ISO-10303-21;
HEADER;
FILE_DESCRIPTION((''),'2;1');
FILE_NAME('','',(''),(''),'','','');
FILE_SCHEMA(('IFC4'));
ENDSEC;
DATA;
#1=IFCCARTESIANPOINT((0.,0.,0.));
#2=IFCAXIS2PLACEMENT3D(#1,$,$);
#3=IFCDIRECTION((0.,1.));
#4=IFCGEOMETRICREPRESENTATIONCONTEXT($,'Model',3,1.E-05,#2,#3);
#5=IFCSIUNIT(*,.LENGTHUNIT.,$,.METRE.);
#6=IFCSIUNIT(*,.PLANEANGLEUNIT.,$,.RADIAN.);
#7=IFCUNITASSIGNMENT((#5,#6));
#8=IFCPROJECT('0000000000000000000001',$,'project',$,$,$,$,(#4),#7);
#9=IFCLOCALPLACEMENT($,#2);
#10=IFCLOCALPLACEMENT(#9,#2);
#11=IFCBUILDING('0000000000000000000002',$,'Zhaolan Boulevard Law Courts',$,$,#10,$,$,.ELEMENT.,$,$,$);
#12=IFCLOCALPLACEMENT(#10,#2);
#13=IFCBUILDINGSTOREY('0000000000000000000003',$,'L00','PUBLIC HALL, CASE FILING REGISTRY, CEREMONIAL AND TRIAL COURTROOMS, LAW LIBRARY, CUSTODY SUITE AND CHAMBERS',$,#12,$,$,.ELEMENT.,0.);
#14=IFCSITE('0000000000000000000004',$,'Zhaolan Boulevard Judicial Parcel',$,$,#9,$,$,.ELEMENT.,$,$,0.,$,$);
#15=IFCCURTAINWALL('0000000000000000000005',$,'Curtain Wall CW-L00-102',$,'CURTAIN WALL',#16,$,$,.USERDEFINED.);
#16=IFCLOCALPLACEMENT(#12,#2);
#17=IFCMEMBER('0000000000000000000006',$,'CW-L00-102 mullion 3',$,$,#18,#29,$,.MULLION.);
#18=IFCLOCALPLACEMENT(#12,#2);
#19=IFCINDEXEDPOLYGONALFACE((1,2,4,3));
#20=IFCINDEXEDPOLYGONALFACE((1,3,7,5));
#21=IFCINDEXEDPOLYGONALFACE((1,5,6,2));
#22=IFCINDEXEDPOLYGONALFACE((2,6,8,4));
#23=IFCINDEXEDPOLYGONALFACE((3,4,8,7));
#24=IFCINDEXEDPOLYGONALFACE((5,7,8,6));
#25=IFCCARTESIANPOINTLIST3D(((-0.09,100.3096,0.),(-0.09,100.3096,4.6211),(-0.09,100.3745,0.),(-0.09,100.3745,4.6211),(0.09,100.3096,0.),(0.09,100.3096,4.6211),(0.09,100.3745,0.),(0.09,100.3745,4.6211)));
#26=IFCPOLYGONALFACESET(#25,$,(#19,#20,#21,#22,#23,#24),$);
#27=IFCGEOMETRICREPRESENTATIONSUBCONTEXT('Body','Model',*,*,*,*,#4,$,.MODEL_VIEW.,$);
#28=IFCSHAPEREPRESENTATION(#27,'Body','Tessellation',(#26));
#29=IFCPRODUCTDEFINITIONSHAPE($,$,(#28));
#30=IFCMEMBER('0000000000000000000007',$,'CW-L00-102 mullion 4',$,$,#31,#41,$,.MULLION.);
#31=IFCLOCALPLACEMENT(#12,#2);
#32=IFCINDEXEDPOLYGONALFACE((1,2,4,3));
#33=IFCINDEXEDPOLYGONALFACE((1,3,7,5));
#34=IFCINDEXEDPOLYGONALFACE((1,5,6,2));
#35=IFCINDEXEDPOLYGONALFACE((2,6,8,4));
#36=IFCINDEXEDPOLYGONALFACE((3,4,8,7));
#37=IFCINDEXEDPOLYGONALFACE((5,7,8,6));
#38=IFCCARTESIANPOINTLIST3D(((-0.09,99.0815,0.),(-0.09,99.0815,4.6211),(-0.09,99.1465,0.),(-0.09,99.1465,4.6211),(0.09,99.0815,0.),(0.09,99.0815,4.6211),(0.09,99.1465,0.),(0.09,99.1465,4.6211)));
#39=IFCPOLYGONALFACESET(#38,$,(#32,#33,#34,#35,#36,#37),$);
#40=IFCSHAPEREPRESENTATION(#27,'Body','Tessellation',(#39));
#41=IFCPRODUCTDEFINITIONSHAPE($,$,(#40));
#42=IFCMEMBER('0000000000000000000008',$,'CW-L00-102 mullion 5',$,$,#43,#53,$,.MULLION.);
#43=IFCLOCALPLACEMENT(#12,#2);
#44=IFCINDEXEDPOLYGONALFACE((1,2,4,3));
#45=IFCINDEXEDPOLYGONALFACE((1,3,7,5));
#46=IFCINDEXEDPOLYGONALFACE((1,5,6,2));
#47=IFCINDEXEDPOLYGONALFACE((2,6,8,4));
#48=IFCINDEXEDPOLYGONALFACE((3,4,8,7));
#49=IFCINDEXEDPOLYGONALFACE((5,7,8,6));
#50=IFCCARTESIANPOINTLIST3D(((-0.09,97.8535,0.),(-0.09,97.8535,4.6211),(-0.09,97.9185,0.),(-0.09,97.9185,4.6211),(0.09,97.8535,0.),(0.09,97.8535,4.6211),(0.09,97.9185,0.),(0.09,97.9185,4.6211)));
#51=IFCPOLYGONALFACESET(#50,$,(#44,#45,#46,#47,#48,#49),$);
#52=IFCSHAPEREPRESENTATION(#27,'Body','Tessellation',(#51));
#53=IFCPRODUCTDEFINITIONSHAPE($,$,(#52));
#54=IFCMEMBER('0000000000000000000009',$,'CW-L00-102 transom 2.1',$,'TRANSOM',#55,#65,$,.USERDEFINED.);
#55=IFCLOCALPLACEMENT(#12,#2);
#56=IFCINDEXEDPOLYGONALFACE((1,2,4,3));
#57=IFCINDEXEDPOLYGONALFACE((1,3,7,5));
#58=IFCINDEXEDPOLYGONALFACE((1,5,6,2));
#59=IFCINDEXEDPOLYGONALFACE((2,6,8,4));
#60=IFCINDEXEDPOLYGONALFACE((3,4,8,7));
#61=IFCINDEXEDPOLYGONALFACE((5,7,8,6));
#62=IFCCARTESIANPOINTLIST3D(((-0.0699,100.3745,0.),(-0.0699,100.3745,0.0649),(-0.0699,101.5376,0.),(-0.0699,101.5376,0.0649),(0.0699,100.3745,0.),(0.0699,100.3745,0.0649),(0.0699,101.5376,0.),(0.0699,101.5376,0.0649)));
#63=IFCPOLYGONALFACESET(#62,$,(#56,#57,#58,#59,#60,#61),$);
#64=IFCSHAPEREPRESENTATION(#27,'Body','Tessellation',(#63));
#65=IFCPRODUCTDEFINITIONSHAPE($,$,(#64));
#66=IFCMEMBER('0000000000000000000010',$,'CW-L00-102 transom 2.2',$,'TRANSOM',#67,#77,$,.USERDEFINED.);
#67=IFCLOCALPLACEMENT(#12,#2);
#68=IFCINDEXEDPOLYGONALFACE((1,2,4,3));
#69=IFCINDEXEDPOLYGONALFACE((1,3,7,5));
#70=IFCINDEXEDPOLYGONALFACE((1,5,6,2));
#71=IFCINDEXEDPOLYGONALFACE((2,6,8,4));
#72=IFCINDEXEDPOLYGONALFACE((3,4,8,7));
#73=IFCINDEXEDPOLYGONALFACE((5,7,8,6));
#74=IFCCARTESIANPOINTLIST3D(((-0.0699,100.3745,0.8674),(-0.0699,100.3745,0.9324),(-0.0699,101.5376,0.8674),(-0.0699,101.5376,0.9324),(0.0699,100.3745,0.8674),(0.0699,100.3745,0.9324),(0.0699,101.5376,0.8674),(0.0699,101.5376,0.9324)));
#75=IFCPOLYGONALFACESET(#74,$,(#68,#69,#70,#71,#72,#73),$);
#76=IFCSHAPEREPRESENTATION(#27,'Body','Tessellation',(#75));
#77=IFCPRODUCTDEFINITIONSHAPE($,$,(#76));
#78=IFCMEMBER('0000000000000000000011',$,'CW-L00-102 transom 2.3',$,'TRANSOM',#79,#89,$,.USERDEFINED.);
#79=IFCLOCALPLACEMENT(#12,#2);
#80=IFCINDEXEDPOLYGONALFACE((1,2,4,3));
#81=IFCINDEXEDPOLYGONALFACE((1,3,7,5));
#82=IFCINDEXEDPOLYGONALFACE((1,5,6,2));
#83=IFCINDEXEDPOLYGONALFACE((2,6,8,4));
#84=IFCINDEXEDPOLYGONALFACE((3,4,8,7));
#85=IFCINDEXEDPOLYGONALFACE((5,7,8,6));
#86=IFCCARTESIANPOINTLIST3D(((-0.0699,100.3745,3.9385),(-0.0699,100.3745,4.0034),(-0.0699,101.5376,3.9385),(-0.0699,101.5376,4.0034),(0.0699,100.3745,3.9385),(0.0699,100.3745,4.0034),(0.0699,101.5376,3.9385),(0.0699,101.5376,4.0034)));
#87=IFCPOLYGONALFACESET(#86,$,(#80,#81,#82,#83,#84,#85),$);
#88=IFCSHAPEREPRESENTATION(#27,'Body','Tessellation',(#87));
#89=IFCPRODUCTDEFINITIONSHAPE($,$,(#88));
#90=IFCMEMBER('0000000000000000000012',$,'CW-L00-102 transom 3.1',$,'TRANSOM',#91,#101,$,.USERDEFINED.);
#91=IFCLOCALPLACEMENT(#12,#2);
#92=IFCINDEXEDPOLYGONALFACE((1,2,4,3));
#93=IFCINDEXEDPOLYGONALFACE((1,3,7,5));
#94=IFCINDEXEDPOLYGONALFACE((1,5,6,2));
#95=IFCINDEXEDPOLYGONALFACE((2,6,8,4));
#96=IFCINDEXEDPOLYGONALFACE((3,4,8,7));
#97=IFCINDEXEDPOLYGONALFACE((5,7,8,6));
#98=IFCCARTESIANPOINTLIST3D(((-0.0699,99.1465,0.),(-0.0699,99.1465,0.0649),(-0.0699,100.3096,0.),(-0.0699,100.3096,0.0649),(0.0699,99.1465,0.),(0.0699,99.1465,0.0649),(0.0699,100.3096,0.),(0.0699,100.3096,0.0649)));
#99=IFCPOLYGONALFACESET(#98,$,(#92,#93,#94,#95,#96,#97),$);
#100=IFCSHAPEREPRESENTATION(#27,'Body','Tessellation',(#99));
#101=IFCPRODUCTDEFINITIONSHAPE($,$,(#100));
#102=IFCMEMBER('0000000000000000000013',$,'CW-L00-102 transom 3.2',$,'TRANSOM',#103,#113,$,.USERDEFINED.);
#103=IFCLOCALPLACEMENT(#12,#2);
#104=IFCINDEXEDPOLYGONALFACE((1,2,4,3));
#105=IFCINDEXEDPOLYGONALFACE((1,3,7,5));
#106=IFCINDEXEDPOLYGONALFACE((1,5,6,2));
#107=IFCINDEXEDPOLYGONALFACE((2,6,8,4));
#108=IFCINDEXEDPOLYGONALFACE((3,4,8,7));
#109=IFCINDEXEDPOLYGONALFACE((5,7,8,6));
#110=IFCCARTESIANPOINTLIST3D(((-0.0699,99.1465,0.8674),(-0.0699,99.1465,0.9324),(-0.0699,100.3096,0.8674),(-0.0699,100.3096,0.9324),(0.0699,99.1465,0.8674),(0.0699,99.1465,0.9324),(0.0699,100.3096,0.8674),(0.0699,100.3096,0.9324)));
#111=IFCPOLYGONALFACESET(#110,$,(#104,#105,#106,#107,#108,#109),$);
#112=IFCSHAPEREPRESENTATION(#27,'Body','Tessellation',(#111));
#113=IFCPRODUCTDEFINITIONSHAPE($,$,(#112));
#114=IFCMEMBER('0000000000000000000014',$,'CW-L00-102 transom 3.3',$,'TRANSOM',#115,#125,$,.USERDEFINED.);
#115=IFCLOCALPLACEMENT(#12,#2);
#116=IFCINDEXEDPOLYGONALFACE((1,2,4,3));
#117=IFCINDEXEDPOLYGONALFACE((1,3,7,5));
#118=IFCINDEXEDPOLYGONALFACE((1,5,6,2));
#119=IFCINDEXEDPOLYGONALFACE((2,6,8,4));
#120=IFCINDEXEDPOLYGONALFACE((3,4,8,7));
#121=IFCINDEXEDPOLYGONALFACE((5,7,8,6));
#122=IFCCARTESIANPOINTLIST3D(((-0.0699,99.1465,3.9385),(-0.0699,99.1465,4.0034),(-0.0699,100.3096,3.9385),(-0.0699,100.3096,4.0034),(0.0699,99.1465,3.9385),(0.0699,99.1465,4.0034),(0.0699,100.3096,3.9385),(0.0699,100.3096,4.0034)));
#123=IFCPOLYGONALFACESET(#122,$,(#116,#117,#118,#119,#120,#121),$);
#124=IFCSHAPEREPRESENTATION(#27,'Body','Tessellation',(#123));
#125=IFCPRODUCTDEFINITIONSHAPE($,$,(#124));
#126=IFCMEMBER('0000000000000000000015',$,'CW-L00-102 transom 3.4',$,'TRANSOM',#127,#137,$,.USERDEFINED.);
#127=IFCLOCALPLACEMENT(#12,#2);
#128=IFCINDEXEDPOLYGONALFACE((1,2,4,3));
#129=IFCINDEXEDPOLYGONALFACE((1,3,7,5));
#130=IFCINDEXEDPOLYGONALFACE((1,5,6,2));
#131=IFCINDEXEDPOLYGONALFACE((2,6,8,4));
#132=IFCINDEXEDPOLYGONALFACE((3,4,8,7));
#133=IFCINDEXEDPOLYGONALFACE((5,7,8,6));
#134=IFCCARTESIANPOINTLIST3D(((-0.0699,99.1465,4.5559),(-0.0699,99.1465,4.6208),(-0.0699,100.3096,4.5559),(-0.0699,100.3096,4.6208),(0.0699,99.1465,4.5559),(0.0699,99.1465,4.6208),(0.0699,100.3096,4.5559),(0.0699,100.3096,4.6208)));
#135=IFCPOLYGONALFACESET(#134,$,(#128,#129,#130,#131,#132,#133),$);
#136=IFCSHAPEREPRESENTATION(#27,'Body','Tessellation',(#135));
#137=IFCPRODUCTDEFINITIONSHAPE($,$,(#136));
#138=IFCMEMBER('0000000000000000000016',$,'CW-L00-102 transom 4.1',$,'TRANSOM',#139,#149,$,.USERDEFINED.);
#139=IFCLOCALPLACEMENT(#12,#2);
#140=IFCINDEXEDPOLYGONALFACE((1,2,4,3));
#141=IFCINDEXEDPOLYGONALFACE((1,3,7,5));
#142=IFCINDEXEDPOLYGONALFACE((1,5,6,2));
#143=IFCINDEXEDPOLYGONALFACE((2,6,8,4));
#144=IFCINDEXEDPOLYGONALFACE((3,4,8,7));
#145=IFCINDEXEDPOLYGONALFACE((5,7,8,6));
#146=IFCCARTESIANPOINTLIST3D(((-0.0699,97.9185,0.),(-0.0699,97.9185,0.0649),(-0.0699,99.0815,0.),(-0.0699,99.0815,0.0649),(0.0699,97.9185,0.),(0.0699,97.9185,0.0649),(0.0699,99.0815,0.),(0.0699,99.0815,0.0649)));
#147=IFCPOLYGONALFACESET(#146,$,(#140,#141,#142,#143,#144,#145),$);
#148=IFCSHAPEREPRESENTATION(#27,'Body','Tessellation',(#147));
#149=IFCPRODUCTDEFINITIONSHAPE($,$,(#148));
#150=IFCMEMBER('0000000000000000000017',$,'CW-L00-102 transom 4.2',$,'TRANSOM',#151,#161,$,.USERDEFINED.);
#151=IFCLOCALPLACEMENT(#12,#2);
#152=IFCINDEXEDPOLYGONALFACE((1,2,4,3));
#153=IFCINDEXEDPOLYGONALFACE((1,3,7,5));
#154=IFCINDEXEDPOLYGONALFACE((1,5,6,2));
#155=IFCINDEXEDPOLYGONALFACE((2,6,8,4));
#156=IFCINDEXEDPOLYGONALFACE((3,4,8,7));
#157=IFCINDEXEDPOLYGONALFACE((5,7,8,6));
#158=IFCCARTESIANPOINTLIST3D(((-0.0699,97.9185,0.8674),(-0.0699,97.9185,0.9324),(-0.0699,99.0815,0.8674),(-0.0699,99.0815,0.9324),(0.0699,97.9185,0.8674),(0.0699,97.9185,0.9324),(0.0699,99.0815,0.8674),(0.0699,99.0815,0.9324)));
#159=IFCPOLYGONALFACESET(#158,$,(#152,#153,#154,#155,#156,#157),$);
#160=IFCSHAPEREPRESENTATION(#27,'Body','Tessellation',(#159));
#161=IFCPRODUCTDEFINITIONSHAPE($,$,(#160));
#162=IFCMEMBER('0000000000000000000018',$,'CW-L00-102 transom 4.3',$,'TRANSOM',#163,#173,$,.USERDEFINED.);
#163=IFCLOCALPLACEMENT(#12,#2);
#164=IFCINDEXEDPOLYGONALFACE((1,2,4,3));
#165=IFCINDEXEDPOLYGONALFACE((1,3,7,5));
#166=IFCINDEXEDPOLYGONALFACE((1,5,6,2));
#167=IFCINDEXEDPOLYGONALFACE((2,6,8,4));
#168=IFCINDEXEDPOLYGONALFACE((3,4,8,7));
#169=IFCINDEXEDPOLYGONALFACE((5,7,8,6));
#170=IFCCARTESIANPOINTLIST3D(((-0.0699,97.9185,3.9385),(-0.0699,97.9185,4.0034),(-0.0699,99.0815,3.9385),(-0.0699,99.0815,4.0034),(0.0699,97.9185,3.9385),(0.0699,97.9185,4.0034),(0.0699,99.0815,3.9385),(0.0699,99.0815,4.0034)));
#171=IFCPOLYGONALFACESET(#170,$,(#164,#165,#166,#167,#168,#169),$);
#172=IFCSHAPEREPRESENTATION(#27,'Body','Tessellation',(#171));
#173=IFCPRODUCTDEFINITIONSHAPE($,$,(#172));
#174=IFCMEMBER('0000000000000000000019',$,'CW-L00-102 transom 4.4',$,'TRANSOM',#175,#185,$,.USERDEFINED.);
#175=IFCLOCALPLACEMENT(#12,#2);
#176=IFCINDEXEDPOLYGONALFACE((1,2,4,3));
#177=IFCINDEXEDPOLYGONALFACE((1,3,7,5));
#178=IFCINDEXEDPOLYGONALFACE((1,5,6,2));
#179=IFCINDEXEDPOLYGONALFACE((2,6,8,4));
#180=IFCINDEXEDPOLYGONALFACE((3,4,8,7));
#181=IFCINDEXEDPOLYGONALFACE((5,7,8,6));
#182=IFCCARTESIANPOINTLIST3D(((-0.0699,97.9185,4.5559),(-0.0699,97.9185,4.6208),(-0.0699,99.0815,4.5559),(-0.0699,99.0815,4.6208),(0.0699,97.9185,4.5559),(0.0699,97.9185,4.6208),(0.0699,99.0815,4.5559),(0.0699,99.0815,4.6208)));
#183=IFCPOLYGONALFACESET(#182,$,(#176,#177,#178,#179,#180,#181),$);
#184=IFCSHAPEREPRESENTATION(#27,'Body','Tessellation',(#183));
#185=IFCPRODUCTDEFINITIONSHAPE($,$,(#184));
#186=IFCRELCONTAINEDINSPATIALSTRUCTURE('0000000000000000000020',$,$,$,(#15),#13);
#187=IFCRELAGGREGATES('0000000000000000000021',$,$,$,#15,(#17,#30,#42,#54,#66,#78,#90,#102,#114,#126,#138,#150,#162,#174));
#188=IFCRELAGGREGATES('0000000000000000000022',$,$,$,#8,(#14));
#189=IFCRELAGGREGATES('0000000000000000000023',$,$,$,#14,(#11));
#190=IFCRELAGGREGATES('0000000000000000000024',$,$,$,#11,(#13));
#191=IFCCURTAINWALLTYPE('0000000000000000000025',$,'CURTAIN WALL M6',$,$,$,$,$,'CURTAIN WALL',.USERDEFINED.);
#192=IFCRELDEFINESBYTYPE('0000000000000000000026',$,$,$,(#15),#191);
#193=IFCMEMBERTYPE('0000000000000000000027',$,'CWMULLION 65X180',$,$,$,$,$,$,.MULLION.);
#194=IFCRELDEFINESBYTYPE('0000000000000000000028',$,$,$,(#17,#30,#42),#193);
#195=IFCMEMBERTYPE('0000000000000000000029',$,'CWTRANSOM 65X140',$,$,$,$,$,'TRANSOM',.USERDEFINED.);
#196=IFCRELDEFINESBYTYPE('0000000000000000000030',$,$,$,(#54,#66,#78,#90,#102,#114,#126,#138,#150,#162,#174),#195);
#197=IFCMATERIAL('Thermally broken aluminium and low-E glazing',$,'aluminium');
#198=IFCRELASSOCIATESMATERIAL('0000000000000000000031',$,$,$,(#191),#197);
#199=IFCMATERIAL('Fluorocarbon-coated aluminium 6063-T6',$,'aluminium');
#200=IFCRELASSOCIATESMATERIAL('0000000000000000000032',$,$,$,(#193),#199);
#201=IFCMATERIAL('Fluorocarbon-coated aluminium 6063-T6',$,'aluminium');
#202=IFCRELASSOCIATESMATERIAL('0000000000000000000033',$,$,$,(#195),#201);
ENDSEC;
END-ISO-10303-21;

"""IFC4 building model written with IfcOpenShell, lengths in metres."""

from ifc_helpers import new_model, si_unit, direction, frame, origin, origin_2d, place, context, subcontext, project, spatial, rectangle, extrude, material, material_profile, profile_set, type_object, element, aggregate, save


model = new_model("IFC4")

# Units and contexts
model_context = context("Model", 3, precision=1e-05, world=origin(), true_north=direction((0.0, 1.0)))
body_context = subcontext(model_context, "Body", "Model", "MODEL_VIEW")
ifc_project = project(units=[si_unit("LENGTHUNIT", "METRE"), si_unit("PLANEANGLEUNIT", "RADIAN")], contexts=[model_context])

# Site, building, storey
site_placement = place(None, origin())
site = spatial("IfcSite", under=ifc_project, at=site_placement, Name="Zhaolan Boulevard Judicial Parcel", CompositionType="ELEMENT", RefElevation=0.0)
building_placement = place(site_placement, origin())
building = spatial("IfcBuilding", under=site, at=building_placement, Name="Zhaolan Boulevard Law Courts", CompositionType="ELEMENT")
storey_placement = place(building_placement, origin())
storey = spatial("IfcBuildingStorey", under=building, at=storey_placement, Name="L00", Description="PUBLIC HALL, CASE FILING REGISTRY, CEREMONIAL AND TRIAL COURTROOMS, LAW LIBRARY, CUSTODY SUITE AND CHAMBERS", CompositionType="ELEMENT", Elevation=0.0)

# Curtain wall, members
ifc_material_1 = material(Name="Thermally broken aluminium and low-E glazing", Category="aluminium")
curtain_wall_type = type_object("IfcCurtainWallType", Name="CURTAIN WALL M6", ElementType="CURTAIN WALL", PredefinedType="USERDEFINED", material=ifc_material_1)
curtain_wall_placement = place(storey_placement, origin())
curtain_wall = element("IfcCurtainWall", 1, at=curtain_wall_placement, inside=storey, type_object=curtain_wall_type, Name="Curtain Wall CW-L00-102", ObjectType="CURTAIN WALL", PredefinedType="USERDEFINED")
ifc_material_2 = material(Name="Fluorocarbon-coated aluminium 6063-T6", Category="aluminium")
ifc_material_profile_1 = material_profile(ifc_material_2, rectangle(XDim=0.1799, YDim=0.0649, at=origin_2d()), Name="AL65x180")
ifc_profile_set_1 = profile_set([ifc_material_profile_1], Name="Fluorocarbon-coated aluminium 6063-T6")
member_type_1 = type_object("IfcMemberType", Name="CWMULLION 65X180", PredefinedType="MULLION", material=ifc_profile_set_1)
member_1_placement = place(storey_placement, frame((0.0, 100.342, 0.0), z_axis=(0.0, 0.0, 1.0), x_axis=(1.0, 0.0, 0.0)))
member_1 = element("IfcMember", 2, at=member_1_placement, type_object=member_type_1, Name="CW-L00-102 mullion 3", PredefinedType="MULLION", context=body_context, shape_type="SweptSolid", body=[
    extrude(rectangle(XDim=0.1799, YDim=0.0649, at=origin_2d()), origin(), (0.0, 0.0, 1.0), 4.6211),
])
member_2_placement = place(storey_placement, frame((0.0, 99.114, 0.0), z_axis=(0.0, 0.0, 1.0), x_axis=(1.0, 0.0, 0.0)))
member_2 = element("IfcMember", 3, at=member_2_placement, type_object=member_type_1, Name="CW-L00-102 mullion 4", PredefinedType="MULLION", context=body_context, shape_type="SweptSolid", body=[
    extrude(rectangle(XDim=0.1799, YDim=0.0649, at=origin_2d()), origin(), (0.0, 0.0, 1.0), 4.6211),
])
member_3_placement = place(storey_placement, frame((0.0, 97.886, 0.0), z_axis=(0.0, 0.0, 1.0), x_axis=(1.0, 0.0, 0.0)))
member_3 = element("IfcMember", 4, at=member_3_placement, type_object=member_type_1, Name="CW-L00-102 mullion 5", PredefinedType="MULLION", context=body_context, shape_type="SweptSolid", body=[
    extrude(rectangle(XDim=0.1799, YDim=0.0649, at=origin_2d()), origin(), (0.0, 0.0, 1.0), 4.6211),
])
ifc_material_3 = material(Name="Fluorocarbon-coated aluminium 6063-T6", Category="aluminium")
ifc_material_profile_2 = material_profile(ifc_material_3, rectangle(XDim=0.1399, YDim=0.0649, at=origin_2d()), Name="AL65x140")
ifc_profile_set_2 = profile_set([ifc_material_profile_2], Name="Fluorocarbon-coated aluminium 6063-T6")
member_type_2 = type_object("IfcMemberType", Name="CWTRANSOM 65X140", ElementType="TRANSOM", PredefinedType="USERDEFINED", material=ifc_profile_set_2)
member_4_placement = place(storey_placement, frame((0.0, 101.5376, 0.0325), z_axis=(0.0, -1.0, 0.0), x_axis=(1.0, 0.0, 0.0)))
member_4 = element("IfcMember", 5, at=member_4_placement, type_object=member_type_2, Name="CW-L00-102 transom 2.1", ObjectType="TRANSOM", PredefinedType="USERDEFINED", context=body_context, shape_type="SweptSolid", body=[
    extrude(rectangle(XDim=0.1399, YDim=0.0649, at=origin_2d()), origin(), (0.0, 0.0, 1.0), 1.1631),
])
member_5_placement = place(storey_placement, frame((0.0, 101.5376, 0.8999), z_axis=(0.0, -1.0, 0.0), x_axis=(1.0, 0.0, 0.0)))
member_5 = element("IfcMember", 6, at=member_5_placement, type_object=member_type_2, Name="CW-L00-102 transom 2.2", ObjectType="TRANSOM", PredefinedType="USERDEFINED", context=body_context, shape_type="SweptSolid", body=[
    extrude(rectangle(XDim=0.1399, YDim=0.0649, at=origin_2d()), origin(), (0.0, 0.0, 1.0), 1.1631),
])
member_6_placement = place(storey_placement, frame((0.0, 101.5376, 3.9709), z_axis=(0.0, -1.0, 0.0), x_axis=(1.0, 0.0, 0.0)))
member_6 = element("IfcMember", 7, at=member_6_placement, type_object=member_type_2, Name="CW-L00-102 transom 2.3", ObjectType="TRANSOM", PredefinedType="USERDEFINED", context=body_context, shape_type="SweptSolid", body=[
    extrude(rectangle(XDim=0.1399, YDim=0.0649, at=origin_2d()), origin(), (0.0, 0.0, 1.0), 1.1631),
])
member_7_placement = place(storey_placement, frame((0.0, 100.3096, 0.0325), z_axis=(0.0, -1.0, 0.0), x_axis=(1.0, 0.0, 0.0)))
member_7 = element("IfcMember", 8, at=member_7_placement, type_object=member_type_2, Name="CW-L00-102 transom 3.1", ObjectType="TRANSOM", PredefinedType="USERDEFINED", context=body_context, shape_type="SweptSolid", body=[
    extrude(rectangle(XDim=0.1399, YDim=0.0649, at=origin_2d()), origin(), (0.0, 0.0, 1.0), 1.1631),
])
member_8_placement = place(storey_placement, frame((0.0, 100.3096, 0.8999), z_axis=(0.0, -1.0, 0.0), x_axis=(1.0, 0.0, 0.0)))
member_8 = element("IfcMember", 9, at=member_8_placement, type_object=member_type_2, Name="CW-L00-102 transom 3.2", ObjectType="TRANSOM", PredefinedType="USERDEFINED", context=body_context, shape_type="SweptSolid", body=[
    extrude(rectangle(XDim=0.1399, YDim=0.0649, at=origin_2d()), origin(), (0.0, 0.0, 1.0), 1.1631),
])
member_9_placement = place(storey_placement, frame((0.0, 100.3096, 3.9709), z_axis=(0.0, -1.0, 0.0), x_axis=(1.0, 0.0, 0.0)))
member_9 = element("IfcMember", 10, at=member_9_placement, type_object=member_type_2, Name="CW-L00-102 transom 3.3", ObjectType="TRANSOM", PredefinedType="USERDEFINED", context=body_context, shape_type="SweptSolid", body=[
    extrude(rectangle(XDim=0.1399, YDim=0.0649, at=origin_2d()), origin(), (0.0, 0.0, 1.0), 1.1631),
])
member_10_placement = place(storey_placement, frame((0.0, 100.3096, 4.5884), z_axis=(0.0, -1.0, 0.0), x_axis=(1.0, 0.0, 0.0)))
member_10 = element("IfcMember", 11, at=member_10_placement, type_object=member_type_2, Name="CW-L00-102 transom 3.4", ObjectType="TRANSOM", PredefinedType="USERDEFINED", context=body_context, shape_type="SweptSolid", body=[
    extrude(rectangle(XDim=0.1399, YDim=0.0649, at=origin_2d()), origin(), (0.0, 0.0, 1.0), 1.1631),
])
member_11_placement = place(storey_placement, frame((0.0, 99.0815, 0.0325), z_axis=(0.0, -1.0, 0.0), x_axis=(1.0, 0.0, 0.0)))
member_11 = element("IfcMember", 12, at=member_11_placement, type_object=member_type_2, Name="CW-L00-102 transom 4.1", ObjectType="TRANSOM", PredefinedType="USERDEFINED", context=body_context, shape_type="SweptSolid", body=[
    extrude(rectangle(XDim=0.1399, YDim=0.0649, at=origin_2d()), origin(), (0.0, 0.0, 1.0), 1.1631),
])
member_12_placement = place(storey_placement, frame((0.0, 99.0815, 0.8999), z_axis=(0.0, -1.0, 0.0), x_axis=(1.0, 0.0, 0.0)))
member_12 = element("IfcMember", 13, at=member_12_placement, type_object=member_type_2, Name="CW-L00-102 transom 4.2", ObjectType="TRANSOM", PredefinedType="USERDEFINED", context=body_context, shape_type="SweptSolid", body=[
    extrude(rectangle(XDim=0.1399, YDim=0.0649, at=origin_2d()), origin(), (0.0, 0.0, 1.0), 1.1631),
])
member_13_placement = place(storey_placement, frame((0.0, 99.0815, 3.9709), z_axis=(0.0, -1.0, 0.0), x_axis=(1.0, 0.0, 0.0)))
member_13 = element("IfcMember", 14, at=member_13_placement, type_object=member_type_2, Name="CW-L00-102 transom 4.3", ObjectType="TRANSOM", PredefinedType="USERDEFINED", context=body_context, shape_type="SweptSolid", body=[
    extrude(rectangle(XDim=0.1399, YDim=0.0649, at=origin_2d()), origin(), (0.0, 0.0, 1.0), 1.1631),
])
member_14_placement = place(storey_placement, frame((0.0, 99.0815, 4.5884), z_axis=(0.0, -1.0, 0.0), x_axis=(1.0, 0.0, 0.0)))
member_14 = element("IfcMember", 15, at=member_14_placement, type_object=member_type_2, Name="CW-L00-102 transom 4.4", ObjectType="TRANSOM", PredefinedType="USERDEFINED", context=body_context, shape_type="SweptSolid", body=[
    extrude(rectangle(XDim=0.1399, YDim=0.0649, at=origin_2d()), origin(), (0.0, 0.0, 1.0), 1.1631),
])
aggregate(curtain_wall, [member_1, member_2, member_3, member_4, member_5, member_6, member_7, member_8, member_9, member_10, member_11, member_12, member_13, member_14])

save(model, "model.ifc")
